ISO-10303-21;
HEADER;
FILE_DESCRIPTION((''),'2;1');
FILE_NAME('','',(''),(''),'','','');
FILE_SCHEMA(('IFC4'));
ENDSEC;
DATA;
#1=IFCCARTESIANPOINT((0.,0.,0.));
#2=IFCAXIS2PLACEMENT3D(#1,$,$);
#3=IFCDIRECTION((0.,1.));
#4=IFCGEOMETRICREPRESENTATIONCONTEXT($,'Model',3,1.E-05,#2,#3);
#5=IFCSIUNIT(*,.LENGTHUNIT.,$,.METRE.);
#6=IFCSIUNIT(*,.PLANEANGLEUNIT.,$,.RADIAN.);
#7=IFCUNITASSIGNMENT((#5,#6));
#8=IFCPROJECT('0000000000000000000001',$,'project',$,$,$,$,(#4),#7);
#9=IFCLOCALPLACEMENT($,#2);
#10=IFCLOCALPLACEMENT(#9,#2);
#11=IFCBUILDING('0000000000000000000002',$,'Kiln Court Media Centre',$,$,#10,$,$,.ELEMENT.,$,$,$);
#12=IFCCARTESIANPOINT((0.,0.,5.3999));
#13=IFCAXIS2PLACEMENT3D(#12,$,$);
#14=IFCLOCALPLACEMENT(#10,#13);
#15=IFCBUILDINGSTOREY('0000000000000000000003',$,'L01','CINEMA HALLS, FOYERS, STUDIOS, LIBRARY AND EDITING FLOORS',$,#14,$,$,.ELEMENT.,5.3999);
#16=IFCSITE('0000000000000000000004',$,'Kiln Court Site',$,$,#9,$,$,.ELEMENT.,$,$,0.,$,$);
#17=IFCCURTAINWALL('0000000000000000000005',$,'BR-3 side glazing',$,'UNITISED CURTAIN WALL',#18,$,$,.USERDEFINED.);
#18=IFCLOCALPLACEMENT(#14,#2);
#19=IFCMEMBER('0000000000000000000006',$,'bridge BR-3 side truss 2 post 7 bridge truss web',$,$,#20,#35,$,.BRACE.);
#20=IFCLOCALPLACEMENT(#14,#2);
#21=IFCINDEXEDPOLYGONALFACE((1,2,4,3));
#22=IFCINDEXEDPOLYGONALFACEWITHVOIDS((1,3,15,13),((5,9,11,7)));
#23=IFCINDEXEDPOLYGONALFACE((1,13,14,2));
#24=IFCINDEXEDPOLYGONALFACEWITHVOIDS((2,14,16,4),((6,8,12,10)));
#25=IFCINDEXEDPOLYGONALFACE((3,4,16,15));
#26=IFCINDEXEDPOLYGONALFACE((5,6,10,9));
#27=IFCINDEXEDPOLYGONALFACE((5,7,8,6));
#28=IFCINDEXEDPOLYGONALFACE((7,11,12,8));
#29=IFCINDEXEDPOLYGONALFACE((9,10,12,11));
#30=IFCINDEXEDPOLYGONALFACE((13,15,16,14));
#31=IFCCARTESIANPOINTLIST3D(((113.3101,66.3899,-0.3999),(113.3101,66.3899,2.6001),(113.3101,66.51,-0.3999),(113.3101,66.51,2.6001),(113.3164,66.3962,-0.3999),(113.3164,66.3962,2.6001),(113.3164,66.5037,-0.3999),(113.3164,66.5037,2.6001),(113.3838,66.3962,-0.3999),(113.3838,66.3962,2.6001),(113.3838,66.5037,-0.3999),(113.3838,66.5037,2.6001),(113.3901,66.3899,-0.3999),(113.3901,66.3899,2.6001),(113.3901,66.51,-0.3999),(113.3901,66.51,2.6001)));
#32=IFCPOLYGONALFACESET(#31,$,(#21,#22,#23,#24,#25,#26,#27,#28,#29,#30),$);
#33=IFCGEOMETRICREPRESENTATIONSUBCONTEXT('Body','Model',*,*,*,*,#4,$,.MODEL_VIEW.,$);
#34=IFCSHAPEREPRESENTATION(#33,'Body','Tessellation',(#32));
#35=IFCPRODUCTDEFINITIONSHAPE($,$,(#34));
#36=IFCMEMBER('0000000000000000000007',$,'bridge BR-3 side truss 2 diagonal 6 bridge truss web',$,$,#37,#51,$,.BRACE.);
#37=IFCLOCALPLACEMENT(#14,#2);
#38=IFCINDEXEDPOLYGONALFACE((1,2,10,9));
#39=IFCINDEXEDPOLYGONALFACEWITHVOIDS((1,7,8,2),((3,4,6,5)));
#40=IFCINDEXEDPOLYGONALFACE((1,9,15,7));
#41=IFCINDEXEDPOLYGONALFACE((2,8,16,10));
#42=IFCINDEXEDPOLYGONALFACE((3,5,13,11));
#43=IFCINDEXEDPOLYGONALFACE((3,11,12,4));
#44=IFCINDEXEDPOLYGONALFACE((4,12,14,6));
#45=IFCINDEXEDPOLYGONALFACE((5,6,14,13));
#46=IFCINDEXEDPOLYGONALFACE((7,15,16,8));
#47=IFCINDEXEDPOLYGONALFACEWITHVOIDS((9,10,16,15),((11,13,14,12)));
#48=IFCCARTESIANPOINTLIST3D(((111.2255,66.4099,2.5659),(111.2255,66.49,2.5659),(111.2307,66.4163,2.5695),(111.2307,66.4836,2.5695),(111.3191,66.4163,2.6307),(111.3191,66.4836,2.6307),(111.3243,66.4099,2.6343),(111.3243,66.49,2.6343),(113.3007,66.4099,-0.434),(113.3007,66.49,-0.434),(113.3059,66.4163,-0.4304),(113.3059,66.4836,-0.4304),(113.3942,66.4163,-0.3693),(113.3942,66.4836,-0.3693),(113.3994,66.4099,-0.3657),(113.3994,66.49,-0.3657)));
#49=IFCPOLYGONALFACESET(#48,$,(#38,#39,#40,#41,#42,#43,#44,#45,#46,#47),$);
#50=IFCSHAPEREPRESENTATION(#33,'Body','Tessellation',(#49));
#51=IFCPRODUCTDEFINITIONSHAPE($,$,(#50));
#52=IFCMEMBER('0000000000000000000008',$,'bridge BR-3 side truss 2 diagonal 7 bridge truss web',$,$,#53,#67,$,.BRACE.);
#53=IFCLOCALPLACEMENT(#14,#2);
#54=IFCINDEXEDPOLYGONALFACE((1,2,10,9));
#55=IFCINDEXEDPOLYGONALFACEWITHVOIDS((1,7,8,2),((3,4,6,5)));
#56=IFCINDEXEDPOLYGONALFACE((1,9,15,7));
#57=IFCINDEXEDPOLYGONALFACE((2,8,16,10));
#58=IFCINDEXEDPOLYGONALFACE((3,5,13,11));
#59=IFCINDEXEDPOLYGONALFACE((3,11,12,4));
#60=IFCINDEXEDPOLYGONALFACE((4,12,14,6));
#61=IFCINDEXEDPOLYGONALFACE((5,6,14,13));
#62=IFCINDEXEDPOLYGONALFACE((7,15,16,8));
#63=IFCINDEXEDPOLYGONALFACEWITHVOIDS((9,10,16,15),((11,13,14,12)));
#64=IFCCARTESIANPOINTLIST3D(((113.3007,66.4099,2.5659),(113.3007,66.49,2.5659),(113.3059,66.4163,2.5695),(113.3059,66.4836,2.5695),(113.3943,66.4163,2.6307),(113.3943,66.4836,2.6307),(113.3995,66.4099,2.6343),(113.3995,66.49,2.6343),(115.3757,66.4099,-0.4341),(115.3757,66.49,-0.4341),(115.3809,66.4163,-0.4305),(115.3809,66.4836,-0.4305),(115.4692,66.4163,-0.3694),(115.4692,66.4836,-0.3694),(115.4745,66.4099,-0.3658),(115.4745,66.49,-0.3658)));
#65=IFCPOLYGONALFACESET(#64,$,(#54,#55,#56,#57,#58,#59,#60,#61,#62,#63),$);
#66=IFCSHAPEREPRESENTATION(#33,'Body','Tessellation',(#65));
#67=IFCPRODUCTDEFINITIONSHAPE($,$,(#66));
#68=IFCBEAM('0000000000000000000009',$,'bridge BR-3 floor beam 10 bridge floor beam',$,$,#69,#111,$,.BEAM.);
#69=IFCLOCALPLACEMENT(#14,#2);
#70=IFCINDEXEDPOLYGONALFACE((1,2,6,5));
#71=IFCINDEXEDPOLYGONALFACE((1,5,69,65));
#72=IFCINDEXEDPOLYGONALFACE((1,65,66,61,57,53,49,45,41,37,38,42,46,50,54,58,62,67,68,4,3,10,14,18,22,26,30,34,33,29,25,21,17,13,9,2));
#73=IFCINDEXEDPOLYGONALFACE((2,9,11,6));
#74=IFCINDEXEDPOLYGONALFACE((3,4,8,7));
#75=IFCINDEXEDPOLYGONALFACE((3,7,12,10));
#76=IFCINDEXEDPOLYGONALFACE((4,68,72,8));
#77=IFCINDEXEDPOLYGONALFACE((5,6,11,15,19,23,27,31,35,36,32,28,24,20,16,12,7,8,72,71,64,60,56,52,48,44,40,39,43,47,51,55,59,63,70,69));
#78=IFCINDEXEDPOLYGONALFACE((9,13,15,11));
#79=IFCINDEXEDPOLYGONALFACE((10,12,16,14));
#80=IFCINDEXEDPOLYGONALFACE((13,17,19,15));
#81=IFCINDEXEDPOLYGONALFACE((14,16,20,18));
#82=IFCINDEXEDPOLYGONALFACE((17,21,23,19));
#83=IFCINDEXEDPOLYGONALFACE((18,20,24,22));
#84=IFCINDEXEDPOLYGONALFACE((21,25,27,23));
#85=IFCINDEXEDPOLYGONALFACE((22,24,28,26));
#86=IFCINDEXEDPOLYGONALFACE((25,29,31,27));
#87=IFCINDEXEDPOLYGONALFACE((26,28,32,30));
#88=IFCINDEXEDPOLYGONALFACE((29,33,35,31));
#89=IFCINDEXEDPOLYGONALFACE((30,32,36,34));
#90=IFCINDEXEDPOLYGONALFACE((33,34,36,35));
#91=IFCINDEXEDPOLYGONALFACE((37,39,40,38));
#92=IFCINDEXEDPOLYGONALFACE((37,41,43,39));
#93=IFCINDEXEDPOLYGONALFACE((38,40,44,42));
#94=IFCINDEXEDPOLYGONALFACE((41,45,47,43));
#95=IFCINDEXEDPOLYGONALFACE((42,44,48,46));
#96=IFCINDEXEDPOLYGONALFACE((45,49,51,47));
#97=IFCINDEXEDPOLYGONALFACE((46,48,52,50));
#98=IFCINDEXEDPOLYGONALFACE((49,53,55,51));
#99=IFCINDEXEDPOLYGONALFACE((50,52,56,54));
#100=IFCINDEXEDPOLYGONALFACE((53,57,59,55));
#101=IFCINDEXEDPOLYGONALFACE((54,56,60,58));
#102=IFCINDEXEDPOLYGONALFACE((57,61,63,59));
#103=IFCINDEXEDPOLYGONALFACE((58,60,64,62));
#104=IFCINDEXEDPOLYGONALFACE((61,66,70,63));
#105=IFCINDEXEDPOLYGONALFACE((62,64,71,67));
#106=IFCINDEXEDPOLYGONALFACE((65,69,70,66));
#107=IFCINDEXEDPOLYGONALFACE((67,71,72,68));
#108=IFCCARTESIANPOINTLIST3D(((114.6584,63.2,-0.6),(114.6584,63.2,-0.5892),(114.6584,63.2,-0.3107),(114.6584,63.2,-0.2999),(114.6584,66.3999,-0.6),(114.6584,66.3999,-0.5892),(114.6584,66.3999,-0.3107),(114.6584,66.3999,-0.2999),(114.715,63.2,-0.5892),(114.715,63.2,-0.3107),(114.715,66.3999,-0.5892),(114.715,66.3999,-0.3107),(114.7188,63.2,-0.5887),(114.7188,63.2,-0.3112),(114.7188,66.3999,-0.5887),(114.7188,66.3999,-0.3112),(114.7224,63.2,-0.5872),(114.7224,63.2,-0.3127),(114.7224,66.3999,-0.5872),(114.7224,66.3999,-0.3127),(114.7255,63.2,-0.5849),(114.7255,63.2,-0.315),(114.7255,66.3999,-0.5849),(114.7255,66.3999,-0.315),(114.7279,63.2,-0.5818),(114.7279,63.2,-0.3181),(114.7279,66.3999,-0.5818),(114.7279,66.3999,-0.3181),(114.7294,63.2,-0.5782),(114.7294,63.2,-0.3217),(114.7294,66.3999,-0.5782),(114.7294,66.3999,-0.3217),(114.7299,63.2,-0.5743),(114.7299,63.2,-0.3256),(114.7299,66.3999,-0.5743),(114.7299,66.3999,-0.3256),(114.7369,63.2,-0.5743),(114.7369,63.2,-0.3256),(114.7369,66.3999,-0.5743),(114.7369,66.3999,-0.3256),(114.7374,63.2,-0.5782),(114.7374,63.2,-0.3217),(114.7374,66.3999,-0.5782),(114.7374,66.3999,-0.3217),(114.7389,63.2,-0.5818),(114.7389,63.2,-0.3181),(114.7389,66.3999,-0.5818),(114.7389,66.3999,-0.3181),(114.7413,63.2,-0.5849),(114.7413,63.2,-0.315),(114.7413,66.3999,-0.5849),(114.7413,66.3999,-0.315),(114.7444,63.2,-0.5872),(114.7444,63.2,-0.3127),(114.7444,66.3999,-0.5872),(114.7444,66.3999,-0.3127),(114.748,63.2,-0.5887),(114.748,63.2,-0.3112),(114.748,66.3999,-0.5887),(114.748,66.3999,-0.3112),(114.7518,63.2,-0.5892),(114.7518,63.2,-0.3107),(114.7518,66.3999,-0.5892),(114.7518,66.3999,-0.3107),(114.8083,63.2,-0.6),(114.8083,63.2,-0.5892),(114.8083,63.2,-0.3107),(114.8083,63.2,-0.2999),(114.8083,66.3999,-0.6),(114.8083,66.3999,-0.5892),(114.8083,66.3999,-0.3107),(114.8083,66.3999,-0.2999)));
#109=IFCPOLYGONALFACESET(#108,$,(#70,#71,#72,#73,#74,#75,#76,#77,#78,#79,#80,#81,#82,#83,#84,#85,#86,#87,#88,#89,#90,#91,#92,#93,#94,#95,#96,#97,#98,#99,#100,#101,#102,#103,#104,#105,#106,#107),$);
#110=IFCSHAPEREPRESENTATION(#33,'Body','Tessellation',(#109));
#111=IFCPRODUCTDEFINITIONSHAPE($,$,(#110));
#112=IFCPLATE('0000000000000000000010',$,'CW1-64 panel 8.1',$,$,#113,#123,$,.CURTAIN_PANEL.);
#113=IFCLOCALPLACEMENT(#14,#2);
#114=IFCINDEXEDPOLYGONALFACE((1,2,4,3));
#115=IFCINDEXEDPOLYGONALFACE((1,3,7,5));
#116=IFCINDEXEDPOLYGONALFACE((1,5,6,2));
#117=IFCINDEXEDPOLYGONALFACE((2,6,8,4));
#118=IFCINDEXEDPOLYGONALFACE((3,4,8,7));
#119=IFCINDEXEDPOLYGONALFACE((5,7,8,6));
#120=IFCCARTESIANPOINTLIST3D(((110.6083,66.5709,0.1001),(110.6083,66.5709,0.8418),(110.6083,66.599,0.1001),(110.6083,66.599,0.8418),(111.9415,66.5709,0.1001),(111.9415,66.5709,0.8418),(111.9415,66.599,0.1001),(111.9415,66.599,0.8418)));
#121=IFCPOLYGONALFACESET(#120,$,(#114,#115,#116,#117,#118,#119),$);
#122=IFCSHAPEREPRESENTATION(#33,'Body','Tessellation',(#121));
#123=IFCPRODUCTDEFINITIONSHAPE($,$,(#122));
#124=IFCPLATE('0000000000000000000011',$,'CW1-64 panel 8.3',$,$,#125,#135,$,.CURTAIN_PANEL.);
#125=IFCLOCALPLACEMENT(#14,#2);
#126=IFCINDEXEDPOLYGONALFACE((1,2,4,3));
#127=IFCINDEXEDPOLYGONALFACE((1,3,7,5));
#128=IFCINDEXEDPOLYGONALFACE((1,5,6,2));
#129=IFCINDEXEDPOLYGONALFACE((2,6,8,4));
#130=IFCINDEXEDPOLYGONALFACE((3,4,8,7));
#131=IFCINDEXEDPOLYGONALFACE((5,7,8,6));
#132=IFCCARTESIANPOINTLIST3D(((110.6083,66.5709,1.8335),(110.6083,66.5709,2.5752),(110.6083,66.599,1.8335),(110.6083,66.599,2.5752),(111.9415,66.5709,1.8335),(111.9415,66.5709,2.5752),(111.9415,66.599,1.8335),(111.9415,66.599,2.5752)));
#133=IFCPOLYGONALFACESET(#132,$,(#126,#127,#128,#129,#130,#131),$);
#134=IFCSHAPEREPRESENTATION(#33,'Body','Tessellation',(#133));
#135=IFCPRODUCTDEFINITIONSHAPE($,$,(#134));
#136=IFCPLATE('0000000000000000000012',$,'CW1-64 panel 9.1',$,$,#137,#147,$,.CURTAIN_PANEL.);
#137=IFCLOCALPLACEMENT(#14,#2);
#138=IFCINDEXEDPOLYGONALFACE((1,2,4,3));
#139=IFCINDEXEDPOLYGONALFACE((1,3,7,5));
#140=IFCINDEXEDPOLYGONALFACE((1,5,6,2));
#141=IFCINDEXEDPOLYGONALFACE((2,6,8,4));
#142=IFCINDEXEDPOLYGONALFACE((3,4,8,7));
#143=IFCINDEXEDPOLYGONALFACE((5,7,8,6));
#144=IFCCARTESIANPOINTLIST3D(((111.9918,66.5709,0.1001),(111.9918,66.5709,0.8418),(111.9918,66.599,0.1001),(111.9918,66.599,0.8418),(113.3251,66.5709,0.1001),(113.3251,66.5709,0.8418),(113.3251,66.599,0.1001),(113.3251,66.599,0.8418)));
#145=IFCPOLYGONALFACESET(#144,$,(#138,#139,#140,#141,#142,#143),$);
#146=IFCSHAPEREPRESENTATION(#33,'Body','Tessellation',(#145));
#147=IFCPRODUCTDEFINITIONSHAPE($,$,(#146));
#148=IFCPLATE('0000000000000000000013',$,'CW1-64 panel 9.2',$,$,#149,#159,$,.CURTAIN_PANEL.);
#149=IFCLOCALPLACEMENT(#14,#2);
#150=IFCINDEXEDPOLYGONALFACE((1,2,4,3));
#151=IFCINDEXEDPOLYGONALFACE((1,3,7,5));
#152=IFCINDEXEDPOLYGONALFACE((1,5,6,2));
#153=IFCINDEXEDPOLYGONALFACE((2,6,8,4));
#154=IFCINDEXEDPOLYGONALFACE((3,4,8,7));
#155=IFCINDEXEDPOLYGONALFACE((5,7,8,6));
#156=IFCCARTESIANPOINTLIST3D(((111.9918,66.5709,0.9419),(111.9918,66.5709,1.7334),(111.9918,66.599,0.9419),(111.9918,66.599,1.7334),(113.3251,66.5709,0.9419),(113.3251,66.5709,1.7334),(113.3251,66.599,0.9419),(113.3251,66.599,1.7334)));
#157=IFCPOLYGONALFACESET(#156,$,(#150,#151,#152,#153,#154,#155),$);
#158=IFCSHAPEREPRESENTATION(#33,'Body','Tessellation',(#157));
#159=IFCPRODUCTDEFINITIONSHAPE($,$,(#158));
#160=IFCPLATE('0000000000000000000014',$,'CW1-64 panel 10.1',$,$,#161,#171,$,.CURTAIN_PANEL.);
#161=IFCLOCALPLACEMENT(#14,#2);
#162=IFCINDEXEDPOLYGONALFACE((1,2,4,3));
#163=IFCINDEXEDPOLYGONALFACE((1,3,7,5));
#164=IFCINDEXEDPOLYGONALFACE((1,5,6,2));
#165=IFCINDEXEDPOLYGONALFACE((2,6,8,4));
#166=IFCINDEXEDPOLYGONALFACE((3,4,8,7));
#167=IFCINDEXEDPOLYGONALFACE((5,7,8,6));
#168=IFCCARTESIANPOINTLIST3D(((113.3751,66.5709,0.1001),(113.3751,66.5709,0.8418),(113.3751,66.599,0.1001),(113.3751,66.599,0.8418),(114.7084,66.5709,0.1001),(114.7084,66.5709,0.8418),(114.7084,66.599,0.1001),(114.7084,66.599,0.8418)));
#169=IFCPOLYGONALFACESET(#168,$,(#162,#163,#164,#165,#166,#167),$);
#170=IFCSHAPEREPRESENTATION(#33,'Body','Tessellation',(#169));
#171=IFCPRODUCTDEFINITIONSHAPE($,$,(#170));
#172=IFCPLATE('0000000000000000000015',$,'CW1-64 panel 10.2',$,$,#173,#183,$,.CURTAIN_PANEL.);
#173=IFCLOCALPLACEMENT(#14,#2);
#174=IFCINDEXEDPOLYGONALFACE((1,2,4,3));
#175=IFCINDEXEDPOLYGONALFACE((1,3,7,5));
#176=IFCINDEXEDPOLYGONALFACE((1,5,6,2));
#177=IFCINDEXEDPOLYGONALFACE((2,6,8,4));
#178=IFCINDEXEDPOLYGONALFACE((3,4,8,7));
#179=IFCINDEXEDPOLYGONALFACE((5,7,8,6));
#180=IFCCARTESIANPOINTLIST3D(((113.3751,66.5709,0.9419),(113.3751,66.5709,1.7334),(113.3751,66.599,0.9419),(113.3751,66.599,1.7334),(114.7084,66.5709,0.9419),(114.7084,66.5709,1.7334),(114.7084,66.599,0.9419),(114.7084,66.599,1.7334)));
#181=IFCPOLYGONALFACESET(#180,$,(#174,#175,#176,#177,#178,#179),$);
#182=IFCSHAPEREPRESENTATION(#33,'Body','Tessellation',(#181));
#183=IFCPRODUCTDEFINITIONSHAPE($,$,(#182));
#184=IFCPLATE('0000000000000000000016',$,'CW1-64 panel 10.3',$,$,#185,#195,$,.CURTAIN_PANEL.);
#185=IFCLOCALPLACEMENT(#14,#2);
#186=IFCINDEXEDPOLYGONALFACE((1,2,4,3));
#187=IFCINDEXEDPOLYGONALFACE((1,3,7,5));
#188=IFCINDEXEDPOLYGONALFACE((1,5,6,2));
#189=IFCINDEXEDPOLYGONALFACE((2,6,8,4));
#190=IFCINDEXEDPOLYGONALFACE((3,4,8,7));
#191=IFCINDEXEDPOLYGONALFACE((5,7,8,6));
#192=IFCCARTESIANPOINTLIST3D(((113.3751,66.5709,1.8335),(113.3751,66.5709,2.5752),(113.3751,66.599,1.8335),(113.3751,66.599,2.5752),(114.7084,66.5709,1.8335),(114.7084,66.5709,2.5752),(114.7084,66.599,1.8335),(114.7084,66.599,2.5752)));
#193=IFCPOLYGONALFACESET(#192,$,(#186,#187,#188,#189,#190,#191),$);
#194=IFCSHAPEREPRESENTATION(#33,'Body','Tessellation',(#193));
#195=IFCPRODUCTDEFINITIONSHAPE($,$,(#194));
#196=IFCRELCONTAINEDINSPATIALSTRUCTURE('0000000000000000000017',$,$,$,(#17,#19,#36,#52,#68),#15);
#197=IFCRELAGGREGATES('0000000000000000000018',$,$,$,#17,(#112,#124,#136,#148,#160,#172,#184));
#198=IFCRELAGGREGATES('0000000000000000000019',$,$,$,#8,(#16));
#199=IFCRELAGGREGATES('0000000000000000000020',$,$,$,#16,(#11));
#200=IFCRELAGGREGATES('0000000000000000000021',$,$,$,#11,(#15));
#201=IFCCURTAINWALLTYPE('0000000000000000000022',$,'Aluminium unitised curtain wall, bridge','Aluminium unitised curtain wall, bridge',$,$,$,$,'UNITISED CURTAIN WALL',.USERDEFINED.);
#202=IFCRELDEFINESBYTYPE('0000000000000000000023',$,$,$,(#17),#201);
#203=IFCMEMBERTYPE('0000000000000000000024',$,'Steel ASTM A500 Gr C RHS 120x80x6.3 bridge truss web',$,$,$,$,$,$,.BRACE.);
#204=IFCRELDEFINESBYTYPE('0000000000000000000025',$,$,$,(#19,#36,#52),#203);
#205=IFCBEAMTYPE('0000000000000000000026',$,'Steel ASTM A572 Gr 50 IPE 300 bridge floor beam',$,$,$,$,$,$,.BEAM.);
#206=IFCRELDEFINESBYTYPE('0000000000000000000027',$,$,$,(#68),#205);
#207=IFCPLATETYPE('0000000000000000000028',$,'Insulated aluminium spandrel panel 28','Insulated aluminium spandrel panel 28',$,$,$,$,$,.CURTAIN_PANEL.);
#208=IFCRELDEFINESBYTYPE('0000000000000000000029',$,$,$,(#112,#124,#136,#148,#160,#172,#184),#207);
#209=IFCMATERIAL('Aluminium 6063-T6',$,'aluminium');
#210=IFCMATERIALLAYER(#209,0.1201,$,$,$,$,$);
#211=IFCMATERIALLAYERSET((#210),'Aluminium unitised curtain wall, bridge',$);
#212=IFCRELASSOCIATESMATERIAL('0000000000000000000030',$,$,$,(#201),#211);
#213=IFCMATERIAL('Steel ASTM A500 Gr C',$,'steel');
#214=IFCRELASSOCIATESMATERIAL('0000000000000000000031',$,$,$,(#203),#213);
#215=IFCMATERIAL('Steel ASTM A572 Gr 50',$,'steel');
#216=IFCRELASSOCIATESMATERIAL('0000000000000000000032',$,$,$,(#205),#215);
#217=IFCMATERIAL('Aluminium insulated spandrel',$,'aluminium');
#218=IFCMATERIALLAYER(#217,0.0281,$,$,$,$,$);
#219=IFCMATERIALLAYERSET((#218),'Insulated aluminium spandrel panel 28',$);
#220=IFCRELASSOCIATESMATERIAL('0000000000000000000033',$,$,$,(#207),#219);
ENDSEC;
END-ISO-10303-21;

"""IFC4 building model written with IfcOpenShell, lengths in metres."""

from ifc_helpers import new_model, si_unit, direction, frame, origin, origin_2d, place, context, subcontext, project, spatial, rectangle, hollow_rectangle, i_section, extrude, material, layer, layer_set, material_profile, profile_set, type_object, element, aggregate, save


model = new_model("IFC4")

# Units and contexts
model_context = context("Model", 3, precision=1e-05, world=origin(), true_north=direction((0.0, 1.0)))
body_context = subcontext(model_context, "Body", "Model", "MODEL_VIEW")
ifc_project = project(units=[si_unit("LENGTHUNIT", "METRE"), si_unit("PLANEANGLEUNIT", "RADIAN")], contexts=[model_context])

# Site, building, storey
site_placement = place(None, origin())
site = spatial("IfcSite", under=ifc_project, at=site_placement, Name="Kiln Court Site", CompositionType="ELEMENT", RefElevation=0.0)
building_placement = place(site_placement, origin())
building = spatial("IfcBuilding", under=site, at=building_placement, Name="Kiln Court Media Centre", CompositionType="ELEMENT")
storey_placement = place(building_placement, frame((0.0, 0.0, 5.3999)))
storey = spatial("IfcBuildingStorey", under=building, at=storey_placement, Name="L01", Description="CINEMA HALLS, FOYERS, STUDIOS, LIBRARY AND EDITING FLOORS", CompositionType="ELEMENT", Elevation=5.3999)

# Curtain wall
ifc_material_1 = material(Name="Aluminium 6063-T6", Category="aluminium")
ifc_layer_1 = layer(ifc_material_1, 0.1201)
ifc_layer_set_1 = layer_set([ifc_layer_1], Name="Aluminium unitised curtain wall, bridge")
curtain_wall_type = type_object("IfcCurtainWallType", Name="Aluminium unitised curtain wall, bridge", Description="Aluminium unitised curtain wall, bridge", ElementType="UNITISED CURTAIN WALL", PredefinedType="USERDEFINED", material=ifc_layer_set_1)
curtain_wall_placement = place(storey_placement, origin())
curtain_wall = element("IfcCurtainWall", 1, at=curtain_wall_placement, inside=storey, type_object=curtain_wall_type, Name="BR-3 side glazing", ObjectType="UNITISED CURTAIN WALL", PredefinedType="USERDEFINED")

# Members
ifc_material_2 = material(Name="Steel ASTM A500 Gr C", Category="steel")
ifc_material_profile_1 = material_profile(ifc_material_2, hollow_rectangle(XDim=0.0801, YDim=0.1201, WallThickness=0.0063, at=origin_2d()), Name="RHS 120x80x6.3")
ifc_profile_set_1 = profile_set([ifc_material_profile_1], Name="Steel ASTM A500 Gr C")
member_type_1 = type_object("IfcMemberType", Name="Steel ASTM A500 Gr C RHS 120x80x6.3 bridge truss web", PredefinedType="BRACE", material=ifc_profile_set_1)
for number, where, z_axis, x_axis, name in (
    (2, (113.3501, 66.45, -0.3999), (0.0, 0.0, 1.0), (1.0, 0.0, 0.0), "bridge BR-3 side truss 2 post 7 bridge truss web"),
):
    element("IfcMember", number, at=place(storey_placement, frame(where, z_axis=z_axis, x_axis=x_axis)), inside=storey, type_object=member_type_1, Name=name, PredefinedType="BRACE", context=body_context, shape_type="SweptSolid", body=[
        extrude(hollow_rectangle(XDim=0.0801, YDim=0.1201, WallThickness=0.0063, at=origin_2d()), origin(), (0.0, 0.0, 1.0), 3.0),
    ])
for number, where, z_axis, x_axis, name in (
    (3, (111.2749, 66.45, 2.6001), (0.56889, 0.0, -0.822414), (0.0, 1.0, 0.0), "bridge BR-3 side truss 2 diagonal 6 bridge truss web"),
    (4, (113.3501, 66.45, 2.6001), (0.568844, 0.0, -0.822445), (0.0, 1.0, 0.0), "bridge BR-3 side truss 2 diagonal 7 bridge truss web"),
):
    element("IfcMember", number, at=place(storey_placement, frame(where, z_axis=z_axis, x_axis=x_axis)), inside=storey, type_object=member_type_1, Name=name, PredefinedType="BRACE", context=body_context, shape_type="SweptSolid", body=[
        extrude(hollow_rectangle(XDim=0.0801, YDim=0.1201, WallThickness=0.0063, at=origin_2d()), origin(), (0.0, 0.0, 1.0), 3.6477),
    ])

# Beam
ifc_material_3 = material(Name="Steel ASTM A572 Gr 50", Category="steel")
ifc_material_profile_2 = material_profile(ifc_material_3, i_section(OverallWidth=0.1499, OverallDepth=0.3, WebThickness=0.0071, FlangeThickness=0.0107, FilletRadius=0.0149, at=origin_2d()), Name="IPE 300")
ifc_profile_set_2 = profile_set([ifc_material_profile_2], Name="Steel ASTM A572 Gr 50")
beam_type = type_object("IfcBeamType", Name="Steel ASTM A572 Gr 50 IPE 300 bridge floor beam", PredefinedType="BEAM", material=ifc_profile_set_2)
beam_placement = place(storey_placement, frame((114.7334, 63.2, -0.45), z_axis=(0.0, 1.0, 0.0), x_axis=(-1.0, 0.0, 0.0)))
element("IfcBeam", 5, at=beam_placement, inside=storey, type_object=beam_type, Name="bridge BR-3 floor beam 10 bridge floor beam", PredefinedType="BEAM", context=body_context, shape_type="SweptSolid", body=[
    extrude(i_section(OverallWidth=0.1499, OverallDepth=0.3, WebThickness=0.0071, FlangeThickness=0.0107, FilletRadius=0.0149, at=origin_2d()), origin(), (0.0, 0.0, 1.0), 3.2),
])

# Plates
ifc_material_4 = material(Name="Aluminium insulated spandrel", Category="aluminium")
ifc_layer_2 = layer(ifc_material_4, 0.0281)
ifc_layer_set_2 = layer_set([ifc_layer_2], Name="Insulated aluminium spandrel panel 28")
plate_type_1 = type_object("IfcPlateType", Name="Insulated aluminium spandrel panel 28", Description="Insulated aluminium spandrel panel 28", PredefinedType="CURTAIN_PANEL", material=ifc_layer_set_2)
plate_1_placement = place(storey_placement, frame((111.2749, 66.585, 0.1001), z_axis=(0.0, 0.0, 1.0), x_axis=(1.0, 0.0, 0.0)))
plate_1 = element("IfcPlate", 6, at=plate_1_placement, type_object=plate_type_1, Name="CW1-64 panel 8.1", PredefinedType="CURTAIN_PANEL", context=body_context, shape_type="SweptSolid", body=[
    extrude(rectangle(XDim=1.3333, YDim=0.0281, at=origin_2d()), origin(), (0.0, 0.0, 1.0), 0.7417),
])
plate_2_placement = place(storey_placement, frame((111.2749, 66.585, 1.8335), z_axis=(0.0, 0.0, 1.0), x_axis=(1.0, 0.0, 0.0)))
plate_2 = element("IfcPlate", 7, at=plate_2_placement, type_object=plate_type_1, Name="CW1-64 panel 8.3", PredefinedType="CURTAIN_PANEL", context=body_context, shape_type="SweptSolid", body=[
    extrude(rectangle(XDim=1.3333, YDim=0.0281, at=origin_2d()), origin(), (0.0, 0.0, 1.0), 0.7417),
])
plate_3_placement = place(storey_placement, frame((112.6584, 66.585, 0.1001), z_axis=(0.0, 0.0, 1.0), x_axis=(1.0, 0.0, 0.0)))
plate_3 = element("IfcPlate", 8, at=plate_3_placement, type_object=plate_type_1, Name="CW1-64 panel 9.1", PredefinedType="CURTAIN_PANEL", context=body_context, shape_type="SweptSolid", body=[
    extrude(rectangle(XDim=1.3333, YDim=0.0281, at=origin_2d()), origin(), (0.0, 0.0, 1.0), 0.7417),
])
plate_4_placement = place(storey_placement, frame((112.6584, 66.585, 0.9419), z_axis=(0.0, 0.0, 1.0), x_axis=(1.0, 0.0, 0.0)))
plate_4 = element("IfcPlate", 9, at=plate_4_placement, type_object=plate_type_1, Name="CW1-64 panel 9.2", PredefinedType="CURTAIN_PANEL", context=body_context, shape_type="SweptSolid", body=[
    extrude(rectangle(XDim=1.3333, YDim=0.0281, at=origin_2d()), origin(), (0.0, 0.0, 1.0), 0.7915),
])
plate_5_placement = place(storey_placement, frame((114.0417, 66.585, 0.1001), z_axis=(0.0, 0.0, 1.0), x_axis=(1.0, 0.0, 0.0)))
plate_5 = element("IfcPlate", 10, at=plate_5_placement, type_object=plate_type_1, Name="CW1-64 panel 10.1", PredefinedType="CURTAIN_PANEL", context=body_context, shape_type="SweptSolid", body=[
    extrude(rectangle(XDim=1.3333, YDim=0.0281, at=origin_2d()), origin(), (0.0, 0.0, 1.0), 0.7417),
])
plate_6_placement = place(storey_placement, frame((114.0417, 66.585, 0.9419), z_axis=(0.0, 0.0, 1.0), x_axis=(1.0, 0.0, 0.0)))
plate_6 = element("IfcPlate", 11, at=plate_6_placement, type_object=plate_type_1, Name="CW1-64 panel 10.2", PredefinedType="CURTAIN_PANEL", context=body_context, shape_type="SweptSolid", body=[
    extrude(rectangle(XDim=1.3333, YDim=0.0281, at=origin_2d()), origin(), (0.0, 0.0, 1.0), 0.7915),
])
plate_7_placement = place(storey_placement, frame((114.0417, 66.585, 1.8335), z_axis=(0.0, 0.0, 1.0), x_axis=(1.0, 0.0, 0.0)))
plate_7 = element("IfcPlate", 12, at=plate_7_placement, type_object=plate_type_1, Name="CW1-64 panel 10.3", PredefinedType="CURTAIN_PANEL", context=body_context, shape_type="SweptSolid", body=[
    extrude(rectangle(XDim=1.3333, YDim=0.0281, at=origin_2d()), origin(), (0.0, 0.0, 1.0), 0.7417),
])
aggregate(curtain_wall, [plate_1, plate_2, plate_3, plate_4, plate_5, plate_6, plate_7])

save(model, "model.ifc")
